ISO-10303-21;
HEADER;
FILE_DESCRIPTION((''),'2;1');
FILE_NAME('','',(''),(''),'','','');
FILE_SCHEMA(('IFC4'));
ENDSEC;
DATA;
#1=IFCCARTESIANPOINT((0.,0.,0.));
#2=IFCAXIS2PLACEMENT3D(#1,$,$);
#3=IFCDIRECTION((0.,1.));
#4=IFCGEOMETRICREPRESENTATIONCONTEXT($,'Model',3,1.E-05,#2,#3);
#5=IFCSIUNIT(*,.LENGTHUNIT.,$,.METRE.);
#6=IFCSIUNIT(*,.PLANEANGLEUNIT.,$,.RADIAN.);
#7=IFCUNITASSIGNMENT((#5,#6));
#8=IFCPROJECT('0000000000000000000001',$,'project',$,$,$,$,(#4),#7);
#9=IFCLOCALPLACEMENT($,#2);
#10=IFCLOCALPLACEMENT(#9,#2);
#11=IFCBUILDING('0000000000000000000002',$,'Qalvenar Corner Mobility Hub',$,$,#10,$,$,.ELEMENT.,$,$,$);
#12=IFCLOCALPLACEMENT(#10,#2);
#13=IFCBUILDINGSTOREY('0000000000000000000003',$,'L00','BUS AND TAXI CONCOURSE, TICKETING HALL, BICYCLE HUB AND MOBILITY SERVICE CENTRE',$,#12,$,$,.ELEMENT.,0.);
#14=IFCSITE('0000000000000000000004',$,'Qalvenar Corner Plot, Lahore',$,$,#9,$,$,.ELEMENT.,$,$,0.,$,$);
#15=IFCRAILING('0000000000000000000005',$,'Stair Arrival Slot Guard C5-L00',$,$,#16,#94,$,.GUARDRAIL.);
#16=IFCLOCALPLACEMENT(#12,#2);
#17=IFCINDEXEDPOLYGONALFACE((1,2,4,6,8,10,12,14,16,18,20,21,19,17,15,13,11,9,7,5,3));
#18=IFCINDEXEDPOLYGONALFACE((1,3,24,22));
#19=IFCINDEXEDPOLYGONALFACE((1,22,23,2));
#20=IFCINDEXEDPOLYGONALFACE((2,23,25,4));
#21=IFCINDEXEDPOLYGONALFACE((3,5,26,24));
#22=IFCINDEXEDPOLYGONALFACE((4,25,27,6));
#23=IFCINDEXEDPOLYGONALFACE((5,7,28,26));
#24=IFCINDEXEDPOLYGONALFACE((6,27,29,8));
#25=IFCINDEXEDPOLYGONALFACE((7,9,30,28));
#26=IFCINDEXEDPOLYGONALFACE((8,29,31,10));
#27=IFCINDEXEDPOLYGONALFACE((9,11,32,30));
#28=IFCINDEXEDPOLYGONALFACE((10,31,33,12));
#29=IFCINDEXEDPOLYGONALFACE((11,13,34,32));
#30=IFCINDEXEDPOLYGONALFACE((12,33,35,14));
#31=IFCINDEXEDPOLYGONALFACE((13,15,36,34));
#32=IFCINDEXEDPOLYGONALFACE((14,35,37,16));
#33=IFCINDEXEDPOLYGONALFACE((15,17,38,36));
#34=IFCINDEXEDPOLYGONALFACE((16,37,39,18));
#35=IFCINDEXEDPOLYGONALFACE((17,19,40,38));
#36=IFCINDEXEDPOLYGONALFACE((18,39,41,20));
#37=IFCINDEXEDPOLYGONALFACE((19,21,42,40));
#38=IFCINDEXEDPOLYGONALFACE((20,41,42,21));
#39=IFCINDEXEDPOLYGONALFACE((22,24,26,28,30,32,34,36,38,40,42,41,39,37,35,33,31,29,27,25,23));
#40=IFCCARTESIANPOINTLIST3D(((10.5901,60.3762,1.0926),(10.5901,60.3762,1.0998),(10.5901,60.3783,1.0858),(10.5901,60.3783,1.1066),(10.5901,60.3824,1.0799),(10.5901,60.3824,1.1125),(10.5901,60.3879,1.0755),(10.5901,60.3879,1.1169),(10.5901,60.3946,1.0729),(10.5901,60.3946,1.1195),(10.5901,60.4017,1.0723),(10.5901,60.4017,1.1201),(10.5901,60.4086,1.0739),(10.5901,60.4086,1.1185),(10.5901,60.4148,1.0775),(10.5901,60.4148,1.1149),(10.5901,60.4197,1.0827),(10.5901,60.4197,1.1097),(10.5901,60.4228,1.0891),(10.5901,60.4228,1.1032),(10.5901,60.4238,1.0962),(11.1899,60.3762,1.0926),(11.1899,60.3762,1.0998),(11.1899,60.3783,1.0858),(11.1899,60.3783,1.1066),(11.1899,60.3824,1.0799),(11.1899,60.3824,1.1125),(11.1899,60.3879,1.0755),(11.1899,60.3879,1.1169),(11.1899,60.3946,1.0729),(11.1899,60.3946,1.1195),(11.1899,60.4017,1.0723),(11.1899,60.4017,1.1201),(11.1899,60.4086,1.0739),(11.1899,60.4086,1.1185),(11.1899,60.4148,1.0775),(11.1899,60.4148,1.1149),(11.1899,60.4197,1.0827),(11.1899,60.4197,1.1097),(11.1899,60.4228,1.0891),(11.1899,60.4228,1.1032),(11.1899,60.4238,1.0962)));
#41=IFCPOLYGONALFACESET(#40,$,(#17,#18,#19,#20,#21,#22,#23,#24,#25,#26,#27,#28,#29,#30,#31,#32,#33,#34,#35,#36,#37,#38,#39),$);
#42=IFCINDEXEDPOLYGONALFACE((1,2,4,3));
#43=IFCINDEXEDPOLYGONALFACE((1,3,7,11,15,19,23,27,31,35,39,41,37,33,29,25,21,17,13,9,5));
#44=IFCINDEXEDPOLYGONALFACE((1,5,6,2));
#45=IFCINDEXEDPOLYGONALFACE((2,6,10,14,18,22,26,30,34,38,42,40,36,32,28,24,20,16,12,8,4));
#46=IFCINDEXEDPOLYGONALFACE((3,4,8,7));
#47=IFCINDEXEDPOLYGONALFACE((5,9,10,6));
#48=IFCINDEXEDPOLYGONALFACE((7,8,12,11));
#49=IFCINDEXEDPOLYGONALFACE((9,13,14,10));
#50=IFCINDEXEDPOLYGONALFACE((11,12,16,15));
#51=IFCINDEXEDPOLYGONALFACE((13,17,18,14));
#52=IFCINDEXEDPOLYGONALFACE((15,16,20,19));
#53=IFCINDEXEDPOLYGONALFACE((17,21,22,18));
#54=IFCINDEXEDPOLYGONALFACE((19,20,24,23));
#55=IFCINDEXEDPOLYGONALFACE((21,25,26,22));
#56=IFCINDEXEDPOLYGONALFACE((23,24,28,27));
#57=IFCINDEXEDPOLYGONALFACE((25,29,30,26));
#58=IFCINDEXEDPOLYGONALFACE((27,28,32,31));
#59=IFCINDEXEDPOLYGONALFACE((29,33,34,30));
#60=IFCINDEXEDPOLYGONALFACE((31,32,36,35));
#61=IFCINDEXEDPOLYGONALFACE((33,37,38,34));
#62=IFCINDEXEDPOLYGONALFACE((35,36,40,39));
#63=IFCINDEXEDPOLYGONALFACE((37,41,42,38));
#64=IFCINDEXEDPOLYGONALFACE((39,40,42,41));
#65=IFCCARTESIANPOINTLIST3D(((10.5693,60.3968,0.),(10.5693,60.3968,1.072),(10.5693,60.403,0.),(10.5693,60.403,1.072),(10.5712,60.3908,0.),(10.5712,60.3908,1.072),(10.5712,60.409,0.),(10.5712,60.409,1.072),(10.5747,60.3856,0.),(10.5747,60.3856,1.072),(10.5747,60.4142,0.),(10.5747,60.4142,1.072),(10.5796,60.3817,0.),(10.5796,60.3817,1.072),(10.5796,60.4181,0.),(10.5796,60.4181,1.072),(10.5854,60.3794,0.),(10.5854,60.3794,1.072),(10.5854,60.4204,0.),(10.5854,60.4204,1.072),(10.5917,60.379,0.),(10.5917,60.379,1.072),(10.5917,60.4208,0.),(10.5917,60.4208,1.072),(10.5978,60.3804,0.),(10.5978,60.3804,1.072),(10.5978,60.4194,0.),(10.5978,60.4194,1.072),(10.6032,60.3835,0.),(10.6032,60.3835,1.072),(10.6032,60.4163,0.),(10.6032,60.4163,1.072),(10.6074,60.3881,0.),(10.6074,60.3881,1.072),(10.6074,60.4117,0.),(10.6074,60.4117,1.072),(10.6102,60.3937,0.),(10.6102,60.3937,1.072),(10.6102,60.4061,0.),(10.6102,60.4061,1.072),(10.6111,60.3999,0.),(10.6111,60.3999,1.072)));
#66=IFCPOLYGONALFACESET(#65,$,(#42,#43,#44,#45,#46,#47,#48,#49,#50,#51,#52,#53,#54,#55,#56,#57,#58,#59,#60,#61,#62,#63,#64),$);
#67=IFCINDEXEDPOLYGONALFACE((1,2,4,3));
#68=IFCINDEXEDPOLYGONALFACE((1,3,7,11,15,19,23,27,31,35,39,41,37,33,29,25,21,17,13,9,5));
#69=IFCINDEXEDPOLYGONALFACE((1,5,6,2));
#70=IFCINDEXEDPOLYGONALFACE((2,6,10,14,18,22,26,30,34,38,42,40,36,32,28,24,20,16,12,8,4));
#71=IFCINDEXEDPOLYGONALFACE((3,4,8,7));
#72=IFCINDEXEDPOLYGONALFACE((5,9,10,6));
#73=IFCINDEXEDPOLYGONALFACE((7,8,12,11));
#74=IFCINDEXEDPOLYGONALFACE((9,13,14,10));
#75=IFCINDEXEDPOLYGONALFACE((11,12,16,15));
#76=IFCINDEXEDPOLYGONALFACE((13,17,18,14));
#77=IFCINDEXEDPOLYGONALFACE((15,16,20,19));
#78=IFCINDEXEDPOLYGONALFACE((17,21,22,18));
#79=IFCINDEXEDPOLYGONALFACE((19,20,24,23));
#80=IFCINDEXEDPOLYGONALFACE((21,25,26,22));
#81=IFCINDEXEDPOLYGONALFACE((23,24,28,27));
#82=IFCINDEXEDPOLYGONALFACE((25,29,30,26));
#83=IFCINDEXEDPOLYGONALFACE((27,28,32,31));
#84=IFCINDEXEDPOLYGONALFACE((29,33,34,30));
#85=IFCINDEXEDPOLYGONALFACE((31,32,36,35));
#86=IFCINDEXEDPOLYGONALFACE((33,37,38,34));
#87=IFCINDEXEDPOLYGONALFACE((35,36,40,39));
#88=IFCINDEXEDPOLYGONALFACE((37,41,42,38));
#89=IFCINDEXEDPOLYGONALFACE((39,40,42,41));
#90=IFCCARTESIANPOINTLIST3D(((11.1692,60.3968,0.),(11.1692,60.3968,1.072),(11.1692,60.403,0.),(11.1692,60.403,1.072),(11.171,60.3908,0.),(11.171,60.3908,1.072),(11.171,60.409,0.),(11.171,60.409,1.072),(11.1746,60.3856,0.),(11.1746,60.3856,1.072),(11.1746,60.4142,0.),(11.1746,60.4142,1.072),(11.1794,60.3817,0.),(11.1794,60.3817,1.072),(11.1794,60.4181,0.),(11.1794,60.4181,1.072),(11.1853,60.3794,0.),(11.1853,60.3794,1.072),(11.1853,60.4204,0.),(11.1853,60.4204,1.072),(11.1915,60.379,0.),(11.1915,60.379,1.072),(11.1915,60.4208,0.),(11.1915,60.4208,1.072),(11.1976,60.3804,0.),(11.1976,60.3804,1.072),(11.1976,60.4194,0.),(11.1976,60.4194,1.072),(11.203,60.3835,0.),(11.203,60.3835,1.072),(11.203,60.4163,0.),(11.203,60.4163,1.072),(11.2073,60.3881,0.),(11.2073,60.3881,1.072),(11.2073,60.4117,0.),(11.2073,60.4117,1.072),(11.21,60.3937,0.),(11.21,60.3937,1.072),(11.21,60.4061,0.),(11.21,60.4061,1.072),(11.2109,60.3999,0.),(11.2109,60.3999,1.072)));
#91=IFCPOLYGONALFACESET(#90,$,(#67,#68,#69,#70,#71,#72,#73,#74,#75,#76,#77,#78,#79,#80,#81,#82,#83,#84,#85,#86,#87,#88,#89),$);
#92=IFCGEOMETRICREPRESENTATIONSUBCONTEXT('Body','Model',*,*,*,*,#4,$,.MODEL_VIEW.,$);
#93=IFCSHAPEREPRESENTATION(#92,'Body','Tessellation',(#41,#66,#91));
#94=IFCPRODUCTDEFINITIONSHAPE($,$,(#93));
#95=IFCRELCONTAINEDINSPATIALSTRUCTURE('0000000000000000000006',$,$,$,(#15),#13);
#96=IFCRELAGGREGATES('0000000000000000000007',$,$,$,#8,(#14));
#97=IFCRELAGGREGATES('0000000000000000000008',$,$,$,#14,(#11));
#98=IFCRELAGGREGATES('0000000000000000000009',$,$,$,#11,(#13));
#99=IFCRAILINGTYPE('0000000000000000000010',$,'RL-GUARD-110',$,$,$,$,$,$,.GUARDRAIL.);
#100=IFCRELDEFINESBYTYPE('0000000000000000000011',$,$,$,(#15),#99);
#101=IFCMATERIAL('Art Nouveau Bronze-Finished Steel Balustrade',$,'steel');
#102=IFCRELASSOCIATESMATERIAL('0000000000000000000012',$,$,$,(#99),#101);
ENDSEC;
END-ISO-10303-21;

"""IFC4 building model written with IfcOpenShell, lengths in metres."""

from ifc_helpers import new_model, si_unit, direction, frame, origin, origin_2d, place, context, subcontext, project, spatial, circle, extrude, material, type_object, element, save


model = new_model("IFC4")

# Units and contexts
model_context = context("Model", 3, precision=1e-05, world=origin(), true_north=direction((0.0, 1.0)))
body_context = subcontext(model_context, "Body", "Model", "MODEL_VIEW")
ifc_project = project(units=[si_unit("LENGTHUNIT", "METRE"), si_unit("PLANEANGLEUNIT", "RADIAN")], contexts=[model_context])

# Site, building, storey
site_placement = place(None, origin())
site = spatial("IfcSite", under=ifc_project, at=site_placement, Name="Qalvenar Corner Plot, Lahore", CompositionType="ELEMENT", RefElevation=0.0)
building_placement = place(site_placement, origin())
building = spatial("IfcBuilding", under=site, at=building_placement, Name="Qalvenar Corner Mobility Hub", CompositionType="ELEMENT")
storey_placement = place(building_placement, origin())
storey = spatial("IfcBuildingStorey", under=building, at=storey_placement, Name="L00", Description="BUS AND TAXI CONCOURSE, TICKETING HALL, BICYCLE HUB AND MOBILITY SERVICE CENTRE", CompositionType="ELEMENT", Elevation=0.0)

# Railing
ifc_material_1 = material(Name="Art Nouveau Bronze-Finished Steel Balustrade", Category="steel")
railing_type_1 = type_object("IfcRailingType", Name="RL-GUARD-110", PredefinedType="GUARDRAIL", material=ifc_material_1)
railing_1_placement = place(storey_placement, frame((10.5901, 60.3999, 0.0)))
element("IfcRailing", 1, at=railing_1_placement, inside=storey, type_object=railing_type_1, Name="Stair Arrival Slot Guard C5-L00", PredefinedType="GUARDRAIL", context=body_context, shape_type="SweptSolid", body=[
    extrude(circle(Radius=0.0239, at=origin_2d()), frame((0.0, 0.0, 1.0962), z_axis=(1.0, 0.0, 0.0), x_axis=(0.0, 1.0, 0.0)), (0.0, 0.0, 1.0), 0.5999),
    extrude(circle(Radius=0.021, at=origin_2d()), origin(), (0.0, 0.0, 1.0), 1.072),
    extrude(circle(Radius=0.021, at=origin_2d()), frame((0.5999, 0.0, 0.0)), (0.0, 0.0, 1.0), 1.072),
])

save(model, "model.ifc")
